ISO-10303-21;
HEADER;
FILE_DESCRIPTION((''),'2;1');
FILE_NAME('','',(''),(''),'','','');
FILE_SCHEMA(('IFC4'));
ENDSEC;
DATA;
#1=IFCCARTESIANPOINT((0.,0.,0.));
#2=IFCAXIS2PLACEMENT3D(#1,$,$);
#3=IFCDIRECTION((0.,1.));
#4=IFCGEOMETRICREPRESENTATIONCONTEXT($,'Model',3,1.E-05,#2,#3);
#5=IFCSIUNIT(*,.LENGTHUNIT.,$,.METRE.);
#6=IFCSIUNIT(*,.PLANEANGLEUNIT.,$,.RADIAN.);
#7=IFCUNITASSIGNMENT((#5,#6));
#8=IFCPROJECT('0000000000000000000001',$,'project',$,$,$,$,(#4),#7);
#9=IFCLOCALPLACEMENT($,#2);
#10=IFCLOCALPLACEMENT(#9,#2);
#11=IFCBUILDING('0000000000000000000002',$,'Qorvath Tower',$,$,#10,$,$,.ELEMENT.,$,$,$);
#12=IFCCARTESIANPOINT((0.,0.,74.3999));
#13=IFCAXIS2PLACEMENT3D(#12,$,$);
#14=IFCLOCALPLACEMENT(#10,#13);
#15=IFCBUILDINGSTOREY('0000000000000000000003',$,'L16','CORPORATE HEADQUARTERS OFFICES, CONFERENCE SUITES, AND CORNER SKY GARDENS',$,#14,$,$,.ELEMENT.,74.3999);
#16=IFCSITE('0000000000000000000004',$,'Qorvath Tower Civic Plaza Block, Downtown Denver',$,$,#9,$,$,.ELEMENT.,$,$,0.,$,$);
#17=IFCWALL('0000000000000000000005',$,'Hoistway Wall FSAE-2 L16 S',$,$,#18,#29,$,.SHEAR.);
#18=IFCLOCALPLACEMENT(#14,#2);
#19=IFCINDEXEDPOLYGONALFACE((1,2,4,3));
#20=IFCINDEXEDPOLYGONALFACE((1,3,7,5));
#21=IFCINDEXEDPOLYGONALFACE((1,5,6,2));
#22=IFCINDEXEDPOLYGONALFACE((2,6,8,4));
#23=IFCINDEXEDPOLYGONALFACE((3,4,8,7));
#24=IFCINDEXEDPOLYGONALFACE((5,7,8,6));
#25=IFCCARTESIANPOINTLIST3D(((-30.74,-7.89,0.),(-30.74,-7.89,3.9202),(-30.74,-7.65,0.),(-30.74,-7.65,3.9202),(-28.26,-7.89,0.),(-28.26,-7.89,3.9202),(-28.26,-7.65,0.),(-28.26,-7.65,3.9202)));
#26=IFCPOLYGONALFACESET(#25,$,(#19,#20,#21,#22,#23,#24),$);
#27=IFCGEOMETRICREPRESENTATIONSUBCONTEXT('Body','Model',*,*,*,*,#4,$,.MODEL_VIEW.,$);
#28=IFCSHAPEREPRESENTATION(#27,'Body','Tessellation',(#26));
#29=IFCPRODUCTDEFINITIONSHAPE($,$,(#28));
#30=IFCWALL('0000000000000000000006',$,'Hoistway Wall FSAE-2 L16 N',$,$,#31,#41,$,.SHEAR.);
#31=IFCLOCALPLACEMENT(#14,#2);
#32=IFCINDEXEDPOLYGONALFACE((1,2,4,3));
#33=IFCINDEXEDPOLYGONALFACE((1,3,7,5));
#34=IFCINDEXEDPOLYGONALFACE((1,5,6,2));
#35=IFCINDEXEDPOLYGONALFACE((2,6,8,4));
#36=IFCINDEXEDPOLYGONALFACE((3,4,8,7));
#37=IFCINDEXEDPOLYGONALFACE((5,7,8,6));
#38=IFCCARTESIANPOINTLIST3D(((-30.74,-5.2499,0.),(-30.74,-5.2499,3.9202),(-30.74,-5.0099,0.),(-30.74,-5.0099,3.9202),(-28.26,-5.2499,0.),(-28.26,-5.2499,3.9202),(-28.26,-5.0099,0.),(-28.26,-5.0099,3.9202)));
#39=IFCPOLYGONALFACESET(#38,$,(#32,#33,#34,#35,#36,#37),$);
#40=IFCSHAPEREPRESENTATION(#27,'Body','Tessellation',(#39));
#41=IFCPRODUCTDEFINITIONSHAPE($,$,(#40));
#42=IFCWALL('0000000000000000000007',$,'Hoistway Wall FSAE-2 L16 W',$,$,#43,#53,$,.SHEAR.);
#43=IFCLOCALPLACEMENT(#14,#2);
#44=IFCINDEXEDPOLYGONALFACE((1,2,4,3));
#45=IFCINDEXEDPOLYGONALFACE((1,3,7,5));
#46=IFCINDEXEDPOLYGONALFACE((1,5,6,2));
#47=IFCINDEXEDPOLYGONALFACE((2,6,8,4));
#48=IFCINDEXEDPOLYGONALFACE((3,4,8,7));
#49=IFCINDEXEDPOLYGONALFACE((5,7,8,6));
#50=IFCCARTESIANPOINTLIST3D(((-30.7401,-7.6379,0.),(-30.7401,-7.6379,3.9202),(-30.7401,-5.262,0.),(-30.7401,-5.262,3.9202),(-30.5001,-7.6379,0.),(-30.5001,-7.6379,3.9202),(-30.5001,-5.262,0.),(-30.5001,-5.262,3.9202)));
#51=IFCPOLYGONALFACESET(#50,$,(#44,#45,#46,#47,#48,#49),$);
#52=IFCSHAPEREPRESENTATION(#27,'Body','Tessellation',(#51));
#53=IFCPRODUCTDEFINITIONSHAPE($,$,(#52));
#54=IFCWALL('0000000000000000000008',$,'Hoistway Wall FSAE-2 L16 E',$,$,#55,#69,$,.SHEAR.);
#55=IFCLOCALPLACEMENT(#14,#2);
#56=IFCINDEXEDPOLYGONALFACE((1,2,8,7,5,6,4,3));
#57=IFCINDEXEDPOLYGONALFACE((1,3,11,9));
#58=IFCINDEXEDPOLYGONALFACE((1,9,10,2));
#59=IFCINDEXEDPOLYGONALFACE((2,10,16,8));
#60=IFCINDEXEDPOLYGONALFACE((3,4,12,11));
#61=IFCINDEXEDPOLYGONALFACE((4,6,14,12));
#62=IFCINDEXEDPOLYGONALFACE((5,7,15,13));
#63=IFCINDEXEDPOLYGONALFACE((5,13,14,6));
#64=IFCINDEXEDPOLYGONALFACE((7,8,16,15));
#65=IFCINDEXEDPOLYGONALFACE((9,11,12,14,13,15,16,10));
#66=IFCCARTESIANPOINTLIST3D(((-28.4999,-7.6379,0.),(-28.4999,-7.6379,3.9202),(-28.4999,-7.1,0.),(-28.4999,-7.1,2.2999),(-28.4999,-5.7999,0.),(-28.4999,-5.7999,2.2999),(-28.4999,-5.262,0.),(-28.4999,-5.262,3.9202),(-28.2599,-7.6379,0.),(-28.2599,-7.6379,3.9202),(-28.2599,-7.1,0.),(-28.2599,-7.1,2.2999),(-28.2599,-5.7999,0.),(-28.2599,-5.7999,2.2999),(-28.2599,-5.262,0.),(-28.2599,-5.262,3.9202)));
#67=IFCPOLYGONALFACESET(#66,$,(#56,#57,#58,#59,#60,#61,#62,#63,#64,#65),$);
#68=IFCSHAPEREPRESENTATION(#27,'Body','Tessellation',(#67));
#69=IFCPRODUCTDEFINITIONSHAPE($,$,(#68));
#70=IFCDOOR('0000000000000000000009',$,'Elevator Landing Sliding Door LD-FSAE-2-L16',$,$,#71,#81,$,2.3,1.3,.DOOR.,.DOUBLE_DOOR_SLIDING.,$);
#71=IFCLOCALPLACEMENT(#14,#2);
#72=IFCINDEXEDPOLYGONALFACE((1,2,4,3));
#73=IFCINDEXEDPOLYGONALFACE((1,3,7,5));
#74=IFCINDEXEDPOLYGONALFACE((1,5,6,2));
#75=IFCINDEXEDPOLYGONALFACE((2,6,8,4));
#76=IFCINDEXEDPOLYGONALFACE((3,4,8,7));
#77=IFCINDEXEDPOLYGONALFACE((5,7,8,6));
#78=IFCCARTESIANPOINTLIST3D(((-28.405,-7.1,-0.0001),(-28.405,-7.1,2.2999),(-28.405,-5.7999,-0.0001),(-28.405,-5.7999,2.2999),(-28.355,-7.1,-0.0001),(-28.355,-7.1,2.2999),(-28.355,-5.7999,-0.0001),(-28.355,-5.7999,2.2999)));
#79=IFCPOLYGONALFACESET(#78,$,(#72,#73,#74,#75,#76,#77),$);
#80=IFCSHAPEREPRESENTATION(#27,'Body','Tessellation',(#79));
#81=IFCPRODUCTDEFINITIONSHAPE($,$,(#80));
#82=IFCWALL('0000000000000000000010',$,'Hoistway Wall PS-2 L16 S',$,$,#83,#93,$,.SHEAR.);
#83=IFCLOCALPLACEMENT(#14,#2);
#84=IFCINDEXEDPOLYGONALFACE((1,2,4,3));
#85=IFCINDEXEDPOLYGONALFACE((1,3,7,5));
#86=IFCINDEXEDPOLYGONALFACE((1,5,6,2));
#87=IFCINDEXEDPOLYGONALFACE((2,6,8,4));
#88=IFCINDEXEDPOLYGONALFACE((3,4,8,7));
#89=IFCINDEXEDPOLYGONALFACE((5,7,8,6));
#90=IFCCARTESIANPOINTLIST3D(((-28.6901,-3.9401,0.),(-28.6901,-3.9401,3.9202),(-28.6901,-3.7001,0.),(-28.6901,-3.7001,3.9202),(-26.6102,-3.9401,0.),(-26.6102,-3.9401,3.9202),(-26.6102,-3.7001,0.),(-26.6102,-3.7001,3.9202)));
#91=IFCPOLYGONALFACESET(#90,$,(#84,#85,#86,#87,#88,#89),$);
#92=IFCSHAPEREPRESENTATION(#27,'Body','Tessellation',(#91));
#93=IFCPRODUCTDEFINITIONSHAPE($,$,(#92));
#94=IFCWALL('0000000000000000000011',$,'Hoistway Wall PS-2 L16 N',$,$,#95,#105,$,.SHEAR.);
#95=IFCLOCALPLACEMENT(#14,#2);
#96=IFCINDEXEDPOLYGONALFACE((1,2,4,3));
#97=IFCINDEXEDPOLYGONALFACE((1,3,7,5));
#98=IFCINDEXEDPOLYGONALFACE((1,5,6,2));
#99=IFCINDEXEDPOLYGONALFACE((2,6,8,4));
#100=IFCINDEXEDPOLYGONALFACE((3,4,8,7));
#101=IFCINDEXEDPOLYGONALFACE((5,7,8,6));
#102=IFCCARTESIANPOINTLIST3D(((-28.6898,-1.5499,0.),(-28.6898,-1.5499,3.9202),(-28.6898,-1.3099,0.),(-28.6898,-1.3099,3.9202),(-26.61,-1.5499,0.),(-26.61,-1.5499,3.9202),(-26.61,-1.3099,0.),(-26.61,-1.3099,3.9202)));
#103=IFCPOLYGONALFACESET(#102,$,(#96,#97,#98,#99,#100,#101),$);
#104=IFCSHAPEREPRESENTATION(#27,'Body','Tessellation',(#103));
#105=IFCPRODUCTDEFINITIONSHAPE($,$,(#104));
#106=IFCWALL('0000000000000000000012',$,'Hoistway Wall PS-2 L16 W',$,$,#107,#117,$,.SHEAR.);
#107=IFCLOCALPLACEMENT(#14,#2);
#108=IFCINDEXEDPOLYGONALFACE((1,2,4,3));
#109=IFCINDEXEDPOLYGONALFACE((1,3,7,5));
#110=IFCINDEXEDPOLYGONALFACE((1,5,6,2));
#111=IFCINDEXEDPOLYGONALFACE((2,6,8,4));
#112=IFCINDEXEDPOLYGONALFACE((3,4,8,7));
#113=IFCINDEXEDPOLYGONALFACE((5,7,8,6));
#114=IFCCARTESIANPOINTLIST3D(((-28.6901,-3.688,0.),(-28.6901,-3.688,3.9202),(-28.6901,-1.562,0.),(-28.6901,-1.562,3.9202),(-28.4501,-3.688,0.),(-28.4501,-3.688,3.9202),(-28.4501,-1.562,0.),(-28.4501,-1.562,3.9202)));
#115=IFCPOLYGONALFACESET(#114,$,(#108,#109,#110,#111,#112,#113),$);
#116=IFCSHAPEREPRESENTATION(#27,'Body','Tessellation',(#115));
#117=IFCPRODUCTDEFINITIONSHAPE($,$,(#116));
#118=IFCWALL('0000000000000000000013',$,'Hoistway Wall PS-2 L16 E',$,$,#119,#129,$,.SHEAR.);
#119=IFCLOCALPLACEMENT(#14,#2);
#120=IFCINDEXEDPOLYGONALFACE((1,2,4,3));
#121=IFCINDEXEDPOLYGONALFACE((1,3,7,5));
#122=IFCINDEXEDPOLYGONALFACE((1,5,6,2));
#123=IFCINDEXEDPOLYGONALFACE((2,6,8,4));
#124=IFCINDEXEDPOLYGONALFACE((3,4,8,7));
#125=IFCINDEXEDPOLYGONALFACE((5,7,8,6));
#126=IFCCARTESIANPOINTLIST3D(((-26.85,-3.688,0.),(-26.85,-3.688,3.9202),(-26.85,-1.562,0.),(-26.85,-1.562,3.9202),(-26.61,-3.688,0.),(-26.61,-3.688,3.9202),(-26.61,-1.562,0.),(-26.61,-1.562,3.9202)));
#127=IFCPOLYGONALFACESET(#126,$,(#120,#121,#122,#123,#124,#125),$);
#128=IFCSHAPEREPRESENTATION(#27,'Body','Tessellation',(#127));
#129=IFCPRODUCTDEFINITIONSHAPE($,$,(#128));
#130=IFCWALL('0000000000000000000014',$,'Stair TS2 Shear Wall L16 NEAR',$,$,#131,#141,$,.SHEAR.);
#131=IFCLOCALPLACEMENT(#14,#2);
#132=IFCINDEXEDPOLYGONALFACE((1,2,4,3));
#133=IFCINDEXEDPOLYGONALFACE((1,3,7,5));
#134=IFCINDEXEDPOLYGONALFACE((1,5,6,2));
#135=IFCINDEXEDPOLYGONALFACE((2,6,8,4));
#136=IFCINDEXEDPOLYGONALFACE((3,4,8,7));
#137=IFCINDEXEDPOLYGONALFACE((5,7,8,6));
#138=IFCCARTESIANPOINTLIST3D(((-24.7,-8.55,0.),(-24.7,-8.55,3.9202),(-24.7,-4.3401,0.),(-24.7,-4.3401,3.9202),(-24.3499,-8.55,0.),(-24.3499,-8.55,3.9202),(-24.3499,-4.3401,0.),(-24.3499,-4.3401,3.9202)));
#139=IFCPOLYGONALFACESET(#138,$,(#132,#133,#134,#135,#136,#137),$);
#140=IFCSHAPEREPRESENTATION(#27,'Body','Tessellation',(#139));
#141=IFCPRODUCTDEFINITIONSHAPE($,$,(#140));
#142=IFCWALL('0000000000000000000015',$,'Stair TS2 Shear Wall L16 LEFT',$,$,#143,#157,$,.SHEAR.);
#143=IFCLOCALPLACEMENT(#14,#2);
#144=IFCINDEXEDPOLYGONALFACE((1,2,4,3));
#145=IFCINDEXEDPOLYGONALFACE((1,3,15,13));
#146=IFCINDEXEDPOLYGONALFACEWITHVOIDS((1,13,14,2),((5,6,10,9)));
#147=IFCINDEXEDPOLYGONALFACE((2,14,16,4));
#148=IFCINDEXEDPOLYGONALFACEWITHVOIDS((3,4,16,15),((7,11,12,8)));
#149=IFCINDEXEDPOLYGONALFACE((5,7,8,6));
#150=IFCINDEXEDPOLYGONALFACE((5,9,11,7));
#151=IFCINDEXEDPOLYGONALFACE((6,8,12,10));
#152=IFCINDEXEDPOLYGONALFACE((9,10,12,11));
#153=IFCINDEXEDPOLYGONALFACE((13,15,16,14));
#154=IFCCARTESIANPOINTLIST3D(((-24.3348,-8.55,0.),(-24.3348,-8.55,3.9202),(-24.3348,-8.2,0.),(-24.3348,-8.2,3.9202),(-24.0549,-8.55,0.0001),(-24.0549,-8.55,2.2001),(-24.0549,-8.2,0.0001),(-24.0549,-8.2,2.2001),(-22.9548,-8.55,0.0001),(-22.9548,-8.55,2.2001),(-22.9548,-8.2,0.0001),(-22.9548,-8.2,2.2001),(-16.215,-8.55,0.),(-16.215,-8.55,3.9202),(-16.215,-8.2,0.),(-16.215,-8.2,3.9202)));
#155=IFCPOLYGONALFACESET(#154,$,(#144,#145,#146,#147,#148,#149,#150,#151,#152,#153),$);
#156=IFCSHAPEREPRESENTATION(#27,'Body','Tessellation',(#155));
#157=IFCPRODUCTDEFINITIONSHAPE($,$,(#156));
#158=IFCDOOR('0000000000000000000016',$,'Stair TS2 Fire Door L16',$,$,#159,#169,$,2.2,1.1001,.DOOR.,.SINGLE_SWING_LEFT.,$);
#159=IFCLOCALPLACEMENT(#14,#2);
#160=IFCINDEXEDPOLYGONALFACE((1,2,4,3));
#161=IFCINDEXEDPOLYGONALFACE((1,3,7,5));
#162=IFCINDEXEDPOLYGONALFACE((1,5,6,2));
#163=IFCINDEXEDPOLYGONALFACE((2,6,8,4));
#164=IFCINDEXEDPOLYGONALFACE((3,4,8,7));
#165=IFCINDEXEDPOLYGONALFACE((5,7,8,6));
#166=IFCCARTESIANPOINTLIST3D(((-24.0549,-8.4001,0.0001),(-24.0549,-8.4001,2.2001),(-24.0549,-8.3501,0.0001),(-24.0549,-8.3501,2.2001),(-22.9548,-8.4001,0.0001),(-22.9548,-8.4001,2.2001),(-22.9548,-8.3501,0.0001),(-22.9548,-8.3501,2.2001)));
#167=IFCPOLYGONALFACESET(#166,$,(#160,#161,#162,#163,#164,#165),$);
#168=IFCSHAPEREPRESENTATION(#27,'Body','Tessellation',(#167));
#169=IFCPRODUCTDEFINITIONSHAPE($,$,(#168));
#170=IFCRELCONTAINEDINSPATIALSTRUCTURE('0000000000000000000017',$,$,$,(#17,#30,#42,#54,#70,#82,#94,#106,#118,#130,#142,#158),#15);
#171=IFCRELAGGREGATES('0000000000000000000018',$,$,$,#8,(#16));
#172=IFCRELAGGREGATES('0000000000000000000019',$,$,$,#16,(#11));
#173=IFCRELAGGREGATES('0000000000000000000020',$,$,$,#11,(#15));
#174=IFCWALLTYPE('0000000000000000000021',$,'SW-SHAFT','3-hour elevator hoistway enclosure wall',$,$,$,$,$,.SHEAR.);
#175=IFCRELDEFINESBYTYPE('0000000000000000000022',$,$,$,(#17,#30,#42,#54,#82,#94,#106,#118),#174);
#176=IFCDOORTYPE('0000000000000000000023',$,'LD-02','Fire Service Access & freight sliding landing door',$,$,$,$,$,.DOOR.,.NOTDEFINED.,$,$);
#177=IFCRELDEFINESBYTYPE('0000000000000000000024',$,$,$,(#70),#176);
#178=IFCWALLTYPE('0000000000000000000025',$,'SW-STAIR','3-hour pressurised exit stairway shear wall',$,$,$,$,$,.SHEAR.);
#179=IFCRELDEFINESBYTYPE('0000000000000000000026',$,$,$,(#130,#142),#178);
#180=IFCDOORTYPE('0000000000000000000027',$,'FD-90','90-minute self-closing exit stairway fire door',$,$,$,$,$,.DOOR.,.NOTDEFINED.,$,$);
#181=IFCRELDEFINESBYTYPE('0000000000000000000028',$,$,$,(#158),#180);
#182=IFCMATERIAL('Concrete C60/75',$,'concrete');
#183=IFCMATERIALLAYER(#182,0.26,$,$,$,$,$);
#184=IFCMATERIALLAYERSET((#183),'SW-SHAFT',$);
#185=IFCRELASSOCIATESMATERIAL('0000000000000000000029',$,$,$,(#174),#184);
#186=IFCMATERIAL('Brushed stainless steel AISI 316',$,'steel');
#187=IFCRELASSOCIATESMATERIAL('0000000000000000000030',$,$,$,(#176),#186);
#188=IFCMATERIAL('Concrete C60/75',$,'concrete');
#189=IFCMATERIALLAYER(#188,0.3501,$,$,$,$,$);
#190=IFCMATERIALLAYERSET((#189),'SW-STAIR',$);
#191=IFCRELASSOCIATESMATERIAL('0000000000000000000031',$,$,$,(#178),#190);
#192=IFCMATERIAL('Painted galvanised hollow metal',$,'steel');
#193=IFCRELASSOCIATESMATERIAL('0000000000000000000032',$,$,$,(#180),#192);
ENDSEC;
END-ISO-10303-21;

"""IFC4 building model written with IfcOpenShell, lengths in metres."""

from ifc_helpers import new_model, si_unit, direction, frame, frame_2d, origin, place, context, subcontext, project, spatial, rectangle, extrude, material, layer, layer_set, type_object, element, fill, save


model = new_model("IFC4")

# Units and contexts
model_context = context("Model", 3, precision=1e-05, world=origin(), true_north=direction((0.0, 1.0)))
body_context = subcontext(model_context, "Body", "Model", "MODEL_VIEW")
ifc_project = project(units=[si_unit("LENGTHUNIT", "METRE"), si_unit("PLANEANGLEUNIT", "RADIAN")], contexts=[model_context])

# Site, building, storey
site_placement = place(None, origin())
site = spatial("IfcSite", under=ifc_project, at=site_placement, Name="Qorvath Tower Civic Plaza Block, Downtown Denver", CompositionType="ELEMENT", RefElevation=0.0)
building_placement = place(site_placement, origin())
building = spatial("IfcBuilding", under=site, at=building_placement, Name="Qorvath Tower", CompositionType="ELEMENT")
storey_placement = place(building_placement, frame((0.0, 0.0, 74.3999)))
storey = spatial("IfcBuildingStorey", under=building, at=storey_placement, Name="L16", Description="CORPORATE HEADQUARTERS OFFICES, CONFERENCE SUITES, AND CORNER SKY GARDENS", CompositionType="ELEMENT", Elevation=74.3999)

# Walls
ifc_material_1 = material(Name="Concrete C60/75", Category="concrete")
ifc_layer_1 = layer(ifc_material_1, 0.26)
ifc_layer_set_1 = layer_set([ifc_layer_1], Name="SW-SHAFT")
wall_type_1 = type_object("IfcWallType", Name="SW-SHAFT", Description="3-hour elevator hoistway enclosure wall", PredefinedType="SHEAR", material=ifc_layer_set_1)
for number, where, z_axis, x_axis, name in (
    (1, (-28.26, -7.77, 0.0), (0.0, 0.0, 1.0), (-1.0, 0.0, 0.0), "Hoistway Wall FSAE-2 L16 S"),
    (2, (-30.74, -5.1299, 0.0), (0.0, 0.0, 1.0), (1.0, 0.0, 0.0), "Hoistway Wall FSAE-2 L16 N"),
):
    element("IfcWall", number, at=place(storey_placement, frame(where, z_axis=z_axis, x_axis=x_axis)), inside=storey, type_object=wall_type_1, Name=name, PredefinedType="SHEAR", context=body_context, shape_type="SweptSolid", body=[
        extrude(rectangle(XDim=2.48, YDim=0.24, at=frame_2d((1.24, 0.0))), origin(), (0.0, 0.0, 1.0), 3.9202),
    ])
wall_1_placement = place(storey_placement, frame((-30.6201, -7.6379, 0.0), z_axis=(0.0, 0.0, 1.0), x_axis=(0.0, 1.0, 0.0)))
element("IfcWall", 3, at=wall_1_placement, inside=storey, type_object=wall_type_1, Name="Hoistway Wall FSAE-2 L16 W", PredefinedType="SHEAR", context=body_context, shape_type="SweptSolid", body=[
    extrude(rectangle(XDim=2.376, YDim=0.24, at=frame_2d((1.188, 0.0))), origin(), (0.0, 0.0, 1.0), 3.9202),
])

# Wall, opening, door
wall_2_placement = place(storey_placement, frame((-28.3799, -5.262, 0.0), z_axis=(0.0, 0.0, 1.0), x_axis=(0.0, -1.0, 0.0)))
wall_2 = element("IfcWall", 4, at=wall_2_placement, inside=storey, type_object=wall_type_1, Name="Hoistway Wall FSAE-2 L16 E", PredefinedType="SHEAR", context=body_context, shape_type="SweptSolid", body=[
    extrude(rectangle(XDim=2.376, YDim=0.24, at=frame_2d((1.188, 0.0))), origin(), (0.0, 0.0, 1.0), 3.9202),
])
opening_1_placement = place(wall_2_placement, frame((0.5381, 0.0, 0.0)))
opening_1 = element("IfcOpeningElement", 5, at=opening_1_placement, cuts=wall_2, PredefinedType="OPENING", context=body_context, shape_type="SweptSolid", body=[
    extrude(rectangle(XDim=1.3, YDim=2.3, at=frame_2d((0.6499, 1.1499))), frame((0.0, 0.1299, 0.0), z_axis=(0.0, -1.0, 0.0), x_axis=(1.0, 0.0, 0.0)), (0.0, 0.0, 1.0), 0.26),
])
ifc_material_2 = material(Name="Brushed stainless steel AISI 316", Category="steel")
door_type_1 = type_object("IfcDoorType", Name="LD-02", Description="Fire Service Access & freight sliding landing door", OperationType="NOTDEFINED", PredefinedType="DOOR", material=ifc_material_2)
door_1_placement = place(opening_1_placement, origin())
door_1 = element("IfcDoor", 6, at=door_1_placement, inside=storey, type_object=door_type_1, Name="Elevator Landing Sliding Door LD-FSAE-2-L16", OperationType="DOUBLE_DOOR_SLIDING", OverallHeight=2.3, OverallWidth=1.3, PredefinedType="DOOR", context=body_context, shape_type="SweptSolid", body=[
    extrude(rectangle(XDim=1.3, YDim=2.3, at=frame_2d((0.6499, 1.1499))), frame((0.0, 0.0249, 0.0), z_axis=(0.0, -1.0, 0.0), x_axis=(1.0, 0.0, 0.0)), (0.0, 0.0, 1.0), 0.05),
])
fill(opening_1, door_1)

# Walls
for number, where, z_axis, x_axis, name in (
    (7, (-26.6101, -3.8201, 0.0), (0.0, 0.0, 1.0), (-1.0, 0.0, 0.0), "Hoistway Wall PS-2 L16 S"),
    (8, (-28.6899, -1.4299, 0.0), (0.0, 0.0, 1.0), (1.0, 0.0, 0.0), "Hoistway Wall PS-2 L16 N"),
):
    element("IfcWall", number, at=place(storey_placement, frame(where, z_axis=z_axis, x_axis=x_axis)), inside=storey, type_object=wall_type_1, Name=name, PredefinedType="SHEAR", context=body_context, shape_type="SweptSolid", body=[
        extrude(rectangle(XDim=2.0798, YDim=0.24, at=frame_2d((1.04, 0.0))), origin(), (0.0, 0.0, 1.0), 3.9202),
    ])
for number, where, z_axis, x_axis, name in (
    (9, (-28.5701, -3.688, 0.0), (0.0, 0.0, 1.0), (0.0, 1.0, 0.0), "Hoistway Wall PS-2 L16 W"),
    (10, (-26.73, -1.562, 0.0), (0.0, 0.0, 1.0), (0.0, -1.0, 0.0), "Hoistway Wall PS-2 L16 E"),
):
    element("IfcWall", number, at=place(storey_placement, frame(where, z_axis=z_axis, x_axis=x_axis)), inside=storey, type_object=wall_type_1, Name=name, PredefinedType="SHEAR", context=body_context, shape_type="SweptSolid", body=[
        extrude(rectangle(XDim=2.126, YDim=0.24, at=frame_2d((1.063, 0.0))), origin(), (0.0, 0.0, 1.0), 3.9202),
    ])
ifc_material_3 = material(Name="Concrete C60/75", Category="concrete")
ifc_layer_2 = layer(ifc_material_3, 0.3501)
ifc_layer_set_2 = layer_set([ifc_layer_2], Name="SW-STAIR")
wall_type_2 = type_object("IfcWallType", Name="SW-STAIR", Description="3-hour pressurised exit stairway shear wall", PredefinedType="SHEAR", material=ifc_layer_set_2)
wall_3_placement = place(storey_placement, frame((-24.5249, -4.3401, 0.0), z_axis=(0.0, 0.0, 1.0), x_axis=(0.0, -1.0, 0.0)))
element("IfcWall", 11, at=wall_3_placement, inside=storey, type_object=wall_type_2, Name="Stair TS2 Shear Wall L16 NEAR", PredefinedType="SHEAR", context=body_context, shape_type="SweptSolid", body=[
    extrude(rectangle(XDim=4.21, YDim=0.3501, at=frame_2d((2.105, 0.0))), origin(), (0.0, 0.0, 1.0), 3.9202),
])

# Wall, opening, door
wall_4_placement = place(storey_placement, frame((-24.335, -8.375, 0.0), z_axis=(0.0, 0.0, 1.0), x_axis=(1.0, 0.0, 0.0)))
wall_4 = element("IfcWall", 12, at=wall_4_placement, inside=storey, type_object=wall_type_2, Name="Stair TS2 Shear Wall L16 LEFT", PredefinedType="SHEAR", context=body_context, shape_type="SweptSolid", body=[
    extrude(rectangle(XDim=8.1199, YDim=0.3501, at=frame_2d((4.0601, 0.0))), origin(), (0.0, 0.0, 1.0), 3.9202),
])
opening_2_placement = place(wall_4_placement, frame((0.28, 0.0, 0.0)))
opening_2 = element("IfcOpeningElement", 13, at=opening_2_placement, cuts=wall_4, PredefinedType="OPENING", context=body_context, shape_type="SweptSolid", body=[
    extrude(rectangle(XDim=1.1001, YDim=2.2, at=frame_2d((0.55, 1.1001))), frame((0.0, 0.1851, 0.0), z_axis=(0.0, -1.0, 0.0), x_axis=(1.0, 0.0, 0.0)), (0.0, 0.0, 1.0), 0.3701),
])
ifc_material_4 = material(Name="Painted galvanised hollow metal", Category="steel")
door_type_2 = type_object("IfcDoorType", Name="FD-90", Description="90-minute self-closing exit stairway fire door", OperationType="NOTDEFINED", PredefinedType="DOOR", material=ifc_material_4)
door_2_placement = place(opening_2_placement, origin())
door_2 = element("IfcDoor", 14, at=door_2_placement, inside=storey, type_object=door_type_2, Name="Stair TS2 Fire Door L16", OperationType="SINGLE_SWING_LEFT", OverallHeight=2.2, OverallWidth=1.1001, PredefinedType="DOOR", context=body_context, shape_type="SweptSolid", body=[
    extrude(rectangle(XDim=1.1001, YDim=2.2, at=frame_2d((0.55, 1.1001))), frame((0.0, 0.0249, 0.0), z_axis=(0.0, -1.0, 0.0), x_axis=(1.0, 0.0, 0.0)), (0.0, 0.0, 1.0), 0.05),
])
fill(opening_2, door_2)

save(model, "model.ifc")
